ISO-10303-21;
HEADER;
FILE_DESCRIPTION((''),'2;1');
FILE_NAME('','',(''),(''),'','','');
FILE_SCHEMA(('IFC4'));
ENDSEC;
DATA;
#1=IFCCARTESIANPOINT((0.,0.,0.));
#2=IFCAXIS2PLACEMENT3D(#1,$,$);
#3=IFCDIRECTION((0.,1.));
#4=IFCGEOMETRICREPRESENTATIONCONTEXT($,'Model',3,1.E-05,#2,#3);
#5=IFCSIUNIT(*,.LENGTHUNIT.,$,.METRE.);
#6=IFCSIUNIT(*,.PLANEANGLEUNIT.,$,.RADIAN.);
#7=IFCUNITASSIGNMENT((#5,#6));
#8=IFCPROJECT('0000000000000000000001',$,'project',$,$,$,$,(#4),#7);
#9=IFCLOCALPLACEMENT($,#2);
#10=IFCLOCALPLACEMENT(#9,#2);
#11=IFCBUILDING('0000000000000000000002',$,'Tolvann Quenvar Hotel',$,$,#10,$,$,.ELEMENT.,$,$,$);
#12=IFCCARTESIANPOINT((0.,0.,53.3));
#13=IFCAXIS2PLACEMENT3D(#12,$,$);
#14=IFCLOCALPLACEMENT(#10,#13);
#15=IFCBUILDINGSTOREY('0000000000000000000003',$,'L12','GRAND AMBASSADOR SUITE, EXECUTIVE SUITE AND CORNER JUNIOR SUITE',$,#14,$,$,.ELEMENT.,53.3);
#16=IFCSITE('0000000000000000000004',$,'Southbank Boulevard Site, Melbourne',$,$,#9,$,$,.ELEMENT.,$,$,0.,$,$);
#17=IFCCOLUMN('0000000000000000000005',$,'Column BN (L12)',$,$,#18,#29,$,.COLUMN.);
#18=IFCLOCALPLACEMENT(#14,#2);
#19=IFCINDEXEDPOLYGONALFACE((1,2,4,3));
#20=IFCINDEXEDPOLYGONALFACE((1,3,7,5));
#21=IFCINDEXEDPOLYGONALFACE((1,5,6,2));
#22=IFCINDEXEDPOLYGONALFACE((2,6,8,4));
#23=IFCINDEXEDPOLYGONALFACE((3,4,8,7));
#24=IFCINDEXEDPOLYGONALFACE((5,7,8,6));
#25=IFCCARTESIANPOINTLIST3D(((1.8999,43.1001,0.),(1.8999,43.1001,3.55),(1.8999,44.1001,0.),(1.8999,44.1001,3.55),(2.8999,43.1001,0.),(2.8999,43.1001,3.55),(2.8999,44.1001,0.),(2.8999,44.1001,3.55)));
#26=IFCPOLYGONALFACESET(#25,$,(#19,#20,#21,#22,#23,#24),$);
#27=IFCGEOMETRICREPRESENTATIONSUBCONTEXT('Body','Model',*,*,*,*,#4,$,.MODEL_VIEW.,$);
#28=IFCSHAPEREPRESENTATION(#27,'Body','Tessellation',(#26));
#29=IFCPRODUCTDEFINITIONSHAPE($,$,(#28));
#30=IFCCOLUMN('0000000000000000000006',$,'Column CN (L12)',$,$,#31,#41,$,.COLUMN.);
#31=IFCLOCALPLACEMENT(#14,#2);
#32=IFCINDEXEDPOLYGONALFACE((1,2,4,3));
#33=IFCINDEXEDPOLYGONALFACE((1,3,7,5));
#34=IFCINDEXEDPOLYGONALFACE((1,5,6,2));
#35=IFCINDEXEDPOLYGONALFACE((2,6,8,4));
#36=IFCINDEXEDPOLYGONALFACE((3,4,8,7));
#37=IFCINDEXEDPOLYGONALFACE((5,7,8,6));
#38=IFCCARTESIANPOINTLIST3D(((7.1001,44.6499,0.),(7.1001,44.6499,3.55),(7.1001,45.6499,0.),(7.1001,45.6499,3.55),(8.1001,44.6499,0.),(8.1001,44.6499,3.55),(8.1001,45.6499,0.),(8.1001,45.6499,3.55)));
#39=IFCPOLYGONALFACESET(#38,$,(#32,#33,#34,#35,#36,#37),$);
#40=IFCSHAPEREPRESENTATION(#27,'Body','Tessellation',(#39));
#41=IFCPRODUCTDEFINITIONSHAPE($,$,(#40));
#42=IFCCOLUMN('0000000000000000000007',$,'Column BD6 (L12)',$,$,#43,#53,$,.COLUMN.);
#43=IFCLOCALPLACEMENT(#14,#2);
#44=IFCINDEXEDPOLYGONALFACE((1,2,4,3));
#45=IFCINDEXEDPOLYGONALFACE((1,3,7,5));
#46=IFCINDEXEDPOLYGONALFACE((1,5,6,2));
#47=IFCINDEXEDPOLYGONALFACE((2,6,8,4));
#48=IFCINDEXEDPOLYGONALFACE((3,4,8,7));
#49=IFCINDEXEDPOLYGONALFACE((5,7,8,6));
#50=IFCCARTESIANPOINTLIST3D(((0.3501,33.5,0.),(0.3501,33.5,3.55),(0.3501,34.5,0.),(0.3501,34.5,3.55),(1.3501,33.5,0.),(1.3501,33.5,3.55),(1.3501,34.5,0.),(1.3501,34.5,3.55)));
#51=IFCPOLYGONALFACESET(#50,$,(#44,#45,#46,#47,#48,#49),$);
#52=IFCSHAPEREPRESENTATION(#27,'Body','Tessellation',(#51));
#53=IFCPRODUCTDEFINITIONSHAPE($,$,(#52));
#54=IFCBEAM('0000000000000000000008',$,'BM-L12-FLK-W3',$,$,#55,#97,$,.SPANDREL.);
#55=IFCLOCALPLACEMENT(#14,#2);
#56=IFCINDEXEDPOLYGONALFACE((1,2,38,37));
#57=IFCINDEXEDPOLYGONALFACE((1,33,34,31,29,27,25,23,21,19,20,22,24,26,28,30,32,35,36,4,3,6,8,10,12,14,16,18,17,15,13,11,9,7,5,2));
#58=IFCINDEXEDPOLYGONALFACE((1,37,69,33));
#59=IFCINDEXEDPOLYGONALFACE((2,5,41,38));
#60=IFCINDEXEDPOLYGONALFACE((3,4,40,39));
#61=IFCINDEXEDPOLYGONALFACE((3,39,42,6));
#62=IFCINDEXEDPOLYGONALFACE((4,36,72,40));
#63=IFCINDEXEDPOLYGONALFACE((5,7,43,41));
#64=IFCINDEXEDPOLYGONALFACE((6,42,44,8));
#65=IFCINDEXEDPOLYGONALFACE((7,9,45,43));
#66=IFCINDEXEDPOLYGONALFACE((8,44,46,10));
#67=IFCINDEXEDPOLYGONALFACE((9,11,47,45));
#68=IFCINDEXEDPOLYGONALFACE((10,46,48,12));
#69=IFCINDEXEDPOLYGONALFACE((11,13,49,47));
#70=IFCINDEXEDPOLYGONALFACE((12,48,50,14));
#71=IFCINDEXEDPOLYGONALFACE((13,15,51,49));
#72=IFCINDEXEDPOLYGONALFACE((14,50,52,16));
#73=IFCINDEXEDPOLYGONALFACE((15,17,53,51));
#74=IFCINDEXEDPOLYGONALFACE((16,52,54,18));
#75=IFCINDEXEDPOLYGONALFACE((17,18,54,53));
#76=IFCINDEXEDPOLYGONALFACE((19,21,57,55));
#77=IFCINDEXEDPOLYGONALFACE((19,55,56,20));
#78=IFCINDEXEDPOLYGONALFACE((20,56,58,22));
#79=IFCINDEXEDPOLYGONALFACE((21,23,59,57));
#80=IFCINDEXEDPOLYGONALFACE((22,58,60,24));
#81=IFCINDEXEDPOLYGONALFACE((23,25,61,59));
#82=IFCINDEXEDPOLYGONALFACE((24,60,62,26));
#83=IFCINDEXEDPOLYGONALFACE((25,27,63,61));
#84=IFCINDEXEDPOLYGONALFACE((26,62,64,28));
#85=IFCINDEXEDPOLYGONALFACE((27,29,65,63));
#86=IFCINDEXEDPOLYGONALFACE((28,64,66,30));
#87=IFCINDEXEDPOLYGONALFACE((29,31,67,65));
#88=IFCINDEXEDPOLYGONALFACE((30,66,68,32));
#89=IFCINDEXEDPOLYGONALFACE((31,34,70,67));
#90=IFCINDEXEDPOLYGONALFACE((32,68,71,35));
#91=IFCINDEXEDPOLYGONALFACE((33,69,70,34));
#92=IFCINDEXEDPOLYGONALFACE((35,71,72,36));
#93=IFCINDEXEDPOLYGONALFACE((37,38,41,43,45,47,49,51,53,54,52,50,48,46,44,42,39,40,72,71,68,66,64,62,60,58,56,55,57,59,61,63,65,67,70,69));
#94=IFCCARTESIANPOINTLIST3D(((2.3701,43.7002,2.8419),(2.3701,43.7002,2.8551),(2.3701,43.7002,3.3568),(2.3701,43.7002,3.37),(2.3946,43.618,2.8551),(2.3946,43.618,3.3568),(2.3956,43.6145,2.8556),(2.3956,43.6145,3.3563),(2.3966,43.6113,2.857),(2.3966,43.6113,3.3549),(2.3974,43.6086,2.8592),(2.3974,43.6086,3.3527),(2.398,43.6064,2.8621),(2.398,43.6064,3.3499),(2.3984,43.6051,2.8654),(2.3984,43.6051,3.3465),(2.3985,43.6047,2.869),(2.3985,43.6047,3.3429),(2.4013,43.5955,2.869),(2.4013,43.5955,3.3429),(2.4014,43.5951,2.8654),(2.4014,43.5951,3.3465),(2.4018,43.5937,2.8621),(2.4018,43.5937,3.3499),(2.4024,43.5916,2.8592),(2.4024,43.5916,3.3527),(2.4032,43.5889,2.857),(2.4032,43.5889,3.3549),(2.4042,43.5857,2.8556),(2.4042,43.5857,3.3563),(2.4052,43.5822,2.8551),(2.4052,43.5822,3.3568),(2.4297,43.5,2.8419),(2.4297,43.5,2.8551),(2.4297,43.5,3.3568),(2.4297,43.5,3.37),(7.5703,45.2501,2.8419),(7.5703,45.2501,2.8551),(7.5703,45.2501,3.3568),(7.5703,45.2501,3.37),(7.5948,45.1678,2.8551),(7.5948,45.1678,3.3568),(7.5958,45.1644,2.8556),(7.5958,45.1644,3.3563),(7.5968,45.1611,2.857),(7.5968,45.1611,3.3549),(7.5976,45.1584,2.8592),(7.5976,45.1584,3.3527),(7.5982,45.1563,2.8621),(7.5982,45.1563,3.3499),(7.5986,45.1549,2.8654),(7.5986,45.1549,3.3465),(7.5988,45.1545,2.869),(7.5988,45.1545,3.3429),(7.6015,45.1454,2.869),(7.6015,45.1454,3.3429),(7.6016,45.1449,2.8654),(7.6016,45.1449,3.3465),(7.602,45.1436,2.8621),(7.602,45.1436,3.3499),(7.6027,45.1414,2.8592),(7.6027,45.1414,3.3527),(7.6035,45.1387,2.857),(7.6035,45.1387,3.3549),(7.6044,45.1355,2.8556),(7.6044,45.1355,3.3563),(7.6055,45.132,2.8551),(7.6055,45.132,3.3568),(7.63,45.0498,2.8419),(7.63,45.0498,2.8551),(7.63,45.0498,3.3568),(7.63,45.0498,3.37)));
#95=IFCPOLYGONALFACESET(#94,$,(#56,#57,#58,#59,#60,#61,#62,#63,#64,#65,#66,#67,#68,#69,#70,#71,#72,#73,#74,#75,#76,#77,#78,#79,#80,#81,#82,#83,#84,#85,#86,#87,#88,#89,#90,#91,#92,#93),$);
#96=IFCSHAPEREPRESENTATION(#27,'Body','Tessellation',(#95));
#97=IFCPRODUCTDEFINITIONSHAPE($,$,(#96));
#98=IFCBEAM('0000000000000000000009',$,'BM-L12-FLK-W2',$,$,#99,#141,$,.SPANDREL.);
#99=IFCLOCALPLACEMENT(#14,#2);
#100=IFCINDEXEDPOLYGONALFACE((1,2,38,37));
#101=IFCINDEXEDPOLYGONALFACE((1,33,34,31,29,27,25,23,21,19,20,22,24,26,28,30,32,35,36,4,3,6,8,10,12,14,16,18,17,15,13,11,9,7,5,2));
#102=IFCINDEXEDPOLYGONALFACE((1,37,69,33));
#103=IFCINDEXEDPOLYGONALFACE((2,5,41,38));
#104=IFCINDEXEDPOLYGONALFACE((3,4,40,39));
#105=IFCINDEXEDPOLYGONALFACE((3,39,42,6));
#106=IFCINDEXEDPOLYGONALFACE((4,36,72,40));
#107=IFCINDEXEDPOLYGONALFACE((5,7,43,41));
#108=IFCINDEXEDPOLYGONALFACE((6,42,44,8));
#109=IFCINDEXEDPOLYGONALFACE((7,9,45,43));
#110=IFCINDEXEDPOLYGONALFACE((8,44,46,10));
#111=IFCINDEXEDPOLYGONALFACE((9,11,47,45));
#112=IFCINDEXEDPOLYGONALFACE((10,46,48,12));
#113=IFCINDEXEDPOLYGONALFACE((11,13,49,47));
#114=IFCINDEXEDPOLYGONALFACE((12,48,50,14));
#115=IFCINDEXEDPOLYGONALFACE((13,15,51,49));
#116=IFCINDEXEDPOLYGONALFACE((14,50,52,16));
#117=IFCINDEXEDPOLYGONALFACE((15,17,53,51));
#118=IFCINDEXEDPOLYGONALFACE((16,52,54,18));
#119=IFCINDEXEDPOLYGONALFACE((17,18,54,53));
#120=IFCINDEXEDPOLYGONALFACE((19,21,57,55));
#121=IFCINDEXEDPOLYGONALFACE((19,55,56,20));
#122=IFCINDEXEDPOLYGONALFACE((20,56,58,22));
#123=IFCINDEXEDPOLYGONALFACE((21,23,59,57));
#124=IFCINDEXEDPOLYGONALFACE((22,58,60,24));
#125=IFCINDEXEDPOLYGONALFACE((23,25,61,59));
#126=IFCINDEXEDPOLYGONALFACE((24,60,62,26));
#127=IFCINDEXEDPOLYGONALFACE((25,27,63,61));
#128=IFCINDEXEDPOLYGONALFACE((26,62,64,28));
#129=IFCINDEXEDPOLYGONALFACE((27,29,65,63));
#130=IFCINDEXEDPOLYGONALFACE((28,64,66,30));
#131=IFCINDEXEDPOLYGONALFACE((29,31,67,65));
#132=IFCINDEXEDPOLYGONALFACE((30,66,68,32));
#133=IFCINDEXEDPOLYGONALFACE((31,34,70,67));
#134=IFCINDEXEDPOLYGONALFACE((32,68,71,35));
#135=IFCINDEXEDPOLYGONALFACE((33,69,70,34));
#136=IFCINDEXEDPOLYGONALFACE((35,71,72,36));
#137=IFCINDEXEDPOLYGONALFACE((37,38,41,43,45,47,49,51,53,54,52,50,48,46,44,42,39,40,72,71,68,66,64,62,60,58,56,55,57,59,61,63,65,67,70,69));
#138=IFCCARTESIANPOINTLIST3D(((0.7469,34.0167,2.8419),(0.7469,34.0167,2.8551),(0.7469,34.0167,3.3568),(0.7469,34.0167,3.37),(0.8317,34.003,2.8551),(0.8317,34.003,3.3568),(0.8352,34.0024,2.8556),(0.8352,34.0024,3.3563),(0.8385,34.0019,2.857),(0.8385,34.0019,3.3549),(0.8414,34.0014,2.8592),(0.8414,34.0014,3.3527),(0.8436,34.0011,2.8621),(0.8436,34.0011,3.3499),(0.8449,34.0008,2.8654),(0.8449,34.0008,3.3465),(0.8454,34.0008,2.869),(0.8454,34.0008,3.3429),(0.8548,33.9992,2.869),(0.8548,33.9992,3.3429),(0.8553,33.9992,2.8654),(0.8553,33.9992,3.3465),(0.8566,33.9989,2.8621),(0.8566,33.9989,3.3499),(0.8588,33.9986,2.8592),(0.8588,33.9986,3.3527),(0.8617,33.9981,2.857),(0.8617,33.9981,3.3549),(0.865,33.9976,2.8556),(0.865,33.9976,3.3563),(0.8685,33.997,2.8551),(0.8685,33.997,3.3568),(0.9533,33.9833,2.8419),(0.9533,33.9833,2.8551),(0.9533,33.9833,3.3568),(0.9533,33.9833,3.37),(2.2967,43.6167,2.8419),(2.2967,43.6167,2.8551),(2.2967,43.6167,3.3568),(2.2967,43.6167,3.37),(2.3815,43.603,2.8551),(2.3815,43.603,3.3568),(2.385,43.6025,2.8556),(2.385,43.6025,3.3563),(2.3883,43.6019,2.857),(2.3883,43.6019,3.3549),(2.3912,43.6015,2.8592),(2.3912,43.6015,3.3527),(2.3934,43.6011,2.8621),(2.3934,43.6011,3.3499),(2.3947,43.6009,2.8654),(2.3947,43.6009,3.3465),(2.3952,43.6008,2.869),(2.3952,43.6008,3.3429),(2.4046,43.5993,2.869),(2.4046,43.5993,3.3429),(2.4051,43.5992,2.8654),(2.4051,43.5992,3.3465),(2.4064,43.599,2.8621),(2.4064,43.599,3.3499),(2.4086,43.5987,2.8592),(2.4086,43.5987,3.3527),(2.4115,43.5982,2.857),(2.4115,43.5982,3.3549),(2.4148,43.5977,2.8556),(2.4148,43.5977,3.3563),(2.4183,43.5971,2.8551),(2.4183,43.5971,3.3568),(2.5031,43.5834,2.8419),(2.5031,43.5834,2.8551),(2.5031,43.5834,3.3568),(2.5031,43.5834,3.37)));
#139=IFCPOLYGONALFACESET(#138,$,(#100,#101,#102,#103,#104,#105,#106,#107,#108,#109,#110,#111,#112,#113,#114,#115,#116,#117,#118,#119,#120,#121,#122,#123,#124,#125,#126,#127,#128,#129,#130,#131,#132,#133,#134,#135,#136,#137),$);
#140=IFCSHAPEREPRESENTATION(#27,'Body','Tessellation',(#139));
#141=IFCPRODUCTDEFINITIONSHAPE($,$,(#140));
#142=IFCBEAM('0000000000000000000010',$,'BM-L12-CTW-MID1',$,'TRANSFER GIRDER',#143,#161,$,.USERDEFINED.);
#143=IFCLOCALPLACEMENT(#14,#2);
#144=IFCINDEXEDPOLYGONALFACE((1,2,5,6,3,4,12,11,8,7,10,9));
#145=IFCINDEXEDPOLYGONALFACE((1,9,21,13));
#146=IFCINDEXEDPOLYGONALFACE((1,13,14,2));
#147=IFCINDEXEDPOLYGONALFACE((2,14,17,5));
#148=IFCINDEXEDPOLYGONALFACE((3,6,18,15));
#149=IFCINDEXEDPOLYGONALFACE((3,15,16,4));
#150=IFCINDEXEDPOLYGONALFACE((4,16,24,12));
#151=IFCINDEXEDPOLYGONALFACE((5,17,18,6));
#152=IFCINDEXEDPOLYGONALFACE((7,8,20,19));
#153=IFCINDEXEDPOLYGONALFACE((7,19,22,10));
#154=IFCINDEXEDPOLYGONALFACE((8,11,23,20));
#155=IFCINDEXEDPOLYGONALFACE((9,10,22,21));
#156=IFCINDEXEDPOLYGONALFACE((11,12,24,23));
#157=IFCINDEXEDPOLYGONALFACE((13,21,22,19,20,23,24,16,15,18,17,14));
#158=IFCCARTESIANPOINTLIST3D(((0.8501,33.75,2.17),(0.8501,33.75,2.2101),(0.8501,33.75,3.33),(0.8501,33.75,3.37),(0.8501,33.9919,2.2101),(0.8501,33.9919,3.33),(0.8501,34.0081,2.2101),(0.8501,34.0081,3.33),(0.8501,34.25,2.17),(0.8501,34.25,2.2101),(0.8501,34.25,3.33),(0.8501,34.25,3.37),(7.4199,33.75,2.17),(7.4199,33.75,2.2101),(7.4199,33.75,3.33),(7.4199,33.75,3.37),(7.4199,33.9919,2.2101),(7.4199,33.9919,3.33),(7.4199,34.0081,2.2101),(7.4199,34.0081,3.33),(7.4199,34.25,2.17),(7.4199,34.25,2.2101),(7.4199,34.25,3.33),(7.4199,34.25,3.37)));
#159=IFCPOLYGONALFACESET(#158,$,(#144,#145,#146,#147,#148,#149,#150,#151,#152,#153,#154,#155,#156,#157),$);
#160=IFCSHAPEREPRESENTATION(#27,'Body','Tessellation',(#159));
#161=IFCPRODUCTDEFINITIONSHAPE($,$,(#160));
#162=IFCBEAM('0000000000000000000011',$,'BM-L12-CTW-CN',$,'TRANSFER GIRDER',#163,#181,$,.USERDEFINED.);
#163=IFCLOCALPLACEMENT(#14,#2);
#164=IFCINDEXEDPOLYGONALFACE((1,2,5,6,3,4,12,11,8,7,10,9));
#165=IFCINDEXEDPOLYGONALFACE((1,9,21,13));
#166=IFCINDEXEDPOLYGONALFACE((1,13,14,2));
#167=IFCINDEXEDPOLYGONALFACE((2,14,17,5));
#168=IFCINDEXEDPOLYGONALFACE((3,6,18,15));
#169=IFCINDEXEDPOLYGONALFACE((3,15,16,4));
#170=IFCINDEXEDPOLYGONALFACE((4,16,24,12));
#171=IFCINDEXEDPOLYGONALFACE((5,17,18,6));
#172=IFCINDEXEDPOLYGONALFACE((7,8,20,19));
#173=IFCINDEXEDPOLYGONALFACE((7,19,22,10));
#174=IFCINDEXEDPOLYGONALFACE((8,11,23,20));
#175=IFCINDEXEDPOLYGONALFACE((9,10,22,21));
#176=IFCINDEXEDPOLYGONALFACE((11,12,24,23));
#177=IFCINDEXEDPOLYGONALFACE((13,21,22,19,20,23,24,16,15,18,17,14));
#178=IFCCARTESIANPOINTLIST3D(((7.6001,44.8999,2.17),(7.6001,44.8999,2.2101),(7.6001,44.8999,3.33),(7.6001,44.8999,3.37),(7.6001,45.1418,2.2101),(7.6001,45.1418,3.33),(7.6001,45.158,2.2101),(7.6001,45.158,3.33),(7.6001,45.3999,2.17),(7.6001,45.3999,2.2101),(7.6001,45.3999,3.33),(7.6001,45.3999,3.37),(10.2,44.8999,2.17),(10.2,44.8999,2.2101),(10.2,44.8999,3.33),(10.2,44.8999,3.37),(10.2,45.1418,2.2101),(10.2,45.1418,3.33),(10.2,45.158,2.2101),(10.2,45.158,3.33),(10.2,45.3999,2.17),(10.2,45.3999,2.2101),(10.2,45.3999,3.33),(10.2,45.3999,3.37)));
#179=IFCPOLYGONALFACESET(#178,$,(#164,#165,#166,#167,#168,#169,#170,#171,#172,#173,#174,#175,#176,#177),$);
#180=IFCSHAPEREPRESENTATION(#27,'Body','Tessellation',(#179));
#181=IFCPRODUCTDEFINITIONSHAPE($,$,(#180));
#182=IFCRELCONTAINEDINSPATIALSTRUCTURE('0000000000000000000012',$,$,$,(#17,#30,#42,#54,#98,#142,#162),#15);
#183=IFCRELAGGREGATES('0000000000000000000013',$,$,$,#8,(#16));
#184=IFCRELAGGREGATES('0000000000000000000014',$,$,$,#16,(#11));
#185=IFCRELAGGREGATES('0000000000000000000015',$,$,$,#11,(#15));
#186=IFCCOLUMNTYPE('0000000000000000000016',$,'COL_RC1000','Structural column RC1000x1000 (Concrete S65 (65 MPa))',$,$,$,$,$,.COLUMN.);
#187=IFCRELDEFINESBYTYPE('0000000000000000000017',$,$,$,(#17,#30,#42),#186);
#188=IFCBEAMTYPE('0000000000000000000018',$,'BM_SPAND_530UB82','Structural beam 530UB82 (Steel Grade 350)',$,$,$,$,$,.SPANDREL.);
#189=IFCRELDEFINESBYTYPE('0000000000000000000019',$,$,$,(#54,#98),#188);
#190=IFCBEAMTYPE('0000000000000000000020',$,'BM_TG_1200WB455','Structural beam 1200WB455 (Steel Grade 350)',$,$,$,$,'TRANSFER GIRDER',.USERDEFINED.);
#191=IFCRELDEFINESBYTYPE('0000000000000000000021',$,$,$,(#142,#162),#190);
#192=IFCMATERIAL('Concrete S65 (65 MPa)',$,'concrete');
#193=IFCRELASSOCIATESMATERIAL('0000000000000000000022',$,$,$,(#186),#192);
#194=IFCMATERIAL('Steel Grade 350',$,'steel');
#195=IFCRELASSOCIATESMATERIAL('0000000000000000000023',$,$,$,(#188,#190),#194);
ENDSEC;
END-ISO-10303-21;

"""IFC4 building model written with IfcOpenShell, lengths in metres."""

from ifc_helpers import new_model, si_unit, direction, frame, origin, origin_2d, place, context, subcontext, project, spatial, rectangle, i_section, extrude, source, transform, mapped, material, material_profile, profile_set, type_object, type_shapes, element, save


model = new_model("IFC4")

# Units and contexts
model_context = context("Model", 3, precision=1e-05, world=origin(), true_north=direction((0.0, 1.0)))
body_context = subcontext(model_context, "Body", "Model", "MODEL_VIEW")
ifc_project = project(units=[si_unit("LENGTHUNIT", "METRE"), si_unit("PLANEANGLEUNIT", "RADIAN")], contexts=[model_context])

# Site, building, storey
site_placement = place(None, origin())
site = spatial("IfcSite", under=ifc_project, at=site_placement, Name="Southbank Boulevard Site, Melbourne", CompositionType="ELEMENT", RefElevation=0.0)
building_placement = place(site_placement, origin())
building = spatial("IfcBuilding", under=site, at=building_placement, Name="Tolvann Quenvar Hotel", CompositionType="ELEMENT")
storey_placement = place(building_placement, frame((0.0, 0.0, 53.3)))
storey = spatial("IfcBuildingStorey", under=building, at=storey_placement, Name="L12", Description="GRAND AMBASSADOR SUITE, EXECUTIVE SUITE AND CORNER JUNIOR SUITE", CompositionType="ELEMENT", Elevation=53.3)

# Columns
ifc_material_1 = material(Name="Concrete S65 (65 MPa)", Category="concrete")
ifc_material_profile_1 = material_profile(ifc_material_1, rectangle(XDim=1.0, YDim=1.0, at=origin_2d()), Name="RC1000x1000")
ifc_profile_set_1 = profile_set([ifc_material_profile_1], Name="Concrete S65 (65 MPa)")
column_type = type_object("IfcColumnType", Name="COL_RC1000", Description="Structural column RC1000x1000 (Concrete S65 (65 MPa))", PredefinedType="COLUMN", material=ifc_profile_set_1)
shared_shape_1 = source(origin(), body_context, "Body", "SweptSolid", [
    extrude(rectangle(XDim=1.0, YDim=1.0, at=origin_2d()), origin(), (0.0, 0.0, 1.0), 3.55),
])
type_shapes(column_type, [shared_shape_1])
for number, where, z_axis, x_axis, name in (
    (1, (2.3999, 43.6001, 0.0), (0.0, 0.0, 1.0), (1.0, 0.0, 0.0), "Column BN (L12)"),
    (2, (7.6001, 45.1499, 0.0), (0.0, 0.0, 1.0), (1.0, 0.0, 0.0), "Column CN (L12)"),
    (3, (0.8501, 34.0, 0.0), (0.0, 0.0, 1.0), (1.0, 0.0, 0.0), "Column BD6 (L12)"),
):
    element("IfcColumn", number, at=place(storey_placement, frame(where, z_axis=z_axis, x_axis=x_axis)), inside=storey, type_object=column_type, Name=name, PredefinedType="COLUMN", context=body_context, shape_type="MappedRepresentation", body=[
        mapped(shared_shape_1, transform((0.0, 0.0, 0.0), x_axis=(1.0, 0.0, 0.0), y_axis=(0.0, 1.0, 0.0), z_axis=(0.0, 0.0, 1.0), scale=1.0)),
    ])

# Beams
ifc_material_2 = material(Name="Steel Grade 350", Category="steel")
ifc_material_profile_2 = material_profile(ifc_material_2, i_section(OverallWidth=0.209, OverallDepth=0.5281, WebThickness=0.0095, FlangeThickness=0.0132, FilletRadius=0.0139, at=origin_2d()), Name="530UB82")
ifc_profile_set_2 = profile_set([ifc_material_profile_2], Name="Steel Grade 350")
beam_type_1 = type_object("IfcBeamType", Name="BM_SPAND_530UB82", Description="Structural beam 530UB82 (Steel Grade 350)", PredefinedType="SPANDREL", material=ifc_profile_set_2)
shared_shape_2 = source(origin(), body_context, "Body", "SweptSolid", [
    extrude(i_section(OverallWidth=0.209, OverallDepth=0.5281, WebThickness=0.0095, FlangeThickness=0.0132, FilletRadius=0.0139, at=origin_2d()), origin(), (0.0, 0.0, 1.0), 5.4263),
])
beam_1_placement = place(storey_placement, frame((2.3999, 43.6001, 3.106), z_axis=(0.958345, 0.285614, 0.0), x_axis=(-0.285614, 0.958345, 0.0)))
element("IfcBeam", 4, at=beam_1_placement, inside=storey, type_object=beam_type_1, Name="BM-L12-FLK-W3", PredefinedType="SPANDREL", context=body_context, shape_type="MappedRepresentation", body=[
    mapped(shared_shape_2, transform((0.0, 0.0, 0.0), x_axis=(1.0, 0.0, 0.0), y_axis=(0.0, 1.0, 0.0), z_axis=(0.0, 0.0, 1.0), scale=1.0)),
])
shared_shape_3 = source(origin(), body_context, "Body", "SweptSolid", [
    extrude(i_section(OverallWidth=0.209, OverallDepth=0.5281, WebThickness=0.0095, FlangeThickness=0.0132, FilletRadius=0.0139, at=origin_2d()), origin(), (0.0, 0.0, 1.0), 9.7244),
])
type_shapes(beam_type_1, [shared_shape_2, shared_shape_3])
beam_2_placement = place(storey_placement, frame((0.8501, 34.0, 3.106), z_axis=(0.159373, 0.987218, 0.0), x_axis=(-0.987218, 0.159373, 0.0)))
element("IfcBeam", 5, at=beam_2_placement, inside=storey, type_object=beam_type_1, Name="BM-L12-FLK-W2", PredefinedType="SPANDREL", context=body_context, shape_type="MappedRepresentation", body=[
    mapped(shared_shape_3, transform((0.0, 0.0, 0.0), x_axis=(1.0, 0.0, 0.0), y_axis=(0.0, 1.0, 0.0), z_axis=(0.0, 0.0, 1.0), scale=1.0)),
])
ifc_material_profile_3 = material_profile(ifc_material_2, i_section(OverallWidth=0.5, OverallDepth=1.2, WebThickness=0.0161, FlangeThickness=0.04, at=origin_2d()), Name="1200WB455")
ifc_profile_set_3 = profile_set([ifc_material_profile_3], Name="Steel Grade 350")
beam_type_2 = type_object("IfcBeamType", Name="BM_TG_1200WB455", Description="Structural beam 1200WB455 (Steel Grade 350)", ElementType="TRANSFER GIRDER", PredefinedType="USERDEFINED", material=ifc_profile_set_3)
shared_shape_4 = source(origin(), body_context, "Body", "SweptSolid", [
    extrude(i_section(OverallWidth=0.5, OverallDepth=1.2, WebThickness=0.0161, FlangeThickness=0.04, at=origin_2d()), origin(), (0.0, 0.0, 1.0), 6.5698),
])
beam_3_placement = place(storey_placement, frame((0.8501, 34.0, 2.77), z_axis=(1.0, 0.0, 0.0), x_axis=(0.0, 1.0, 0.0)))
element("IfcBeam", 6, at=beam_3_placement, inside=storey, type_object=beam_type_2, Name="BM-L12-CTW-MID1", ObjectType="TRANSFER GIRDER", PredefinedType="USERDEFINED", context=body_context, shape_type="MappedRepresentation", body=[
    mapped(shared_shape_4, transform((0.0, 0.0, 0.0), x_axis=(1.0, 0.0, 0.0), y_axis=(0.0, 1.0, 0.0), z_axis=(0.0, 0.0, 1.0), scale=1.0)),
])
shared_shape_5 = source(origin(), body_context, "Body", "SweptSolid", [
    extrude(i_section(OverallWidth=0.5, OverallDepth=1.2, WebThickness=0.0161, FlangeThickness=0.04, at=origin_2d()), origin(), (0.0, 0.0, 1.0), 2.5999),
])
type_shapes(beam_type_2, [shared_shape_4, shared_shape_5])
beam_4_placement = place(storey_placement, frame((7.6001, 45.1499, 2.77), z_axis=(1.0, 0.0, 0.0), x_axis=(0.0, 1.0, 0.0)))
element("IfcBeam", 7, at=beam_4_placement, inside=storey, type_object=beam_type_2, Name="BM-L12-CTW-CN", ObjectType="TRANSFER GIRDER", PredefinedType="USERDEFINED", context=body_context, shape_type="MappedRepresentation", body=[
    mapped(shared_shape_5, transform((0.0, 0.0, 0.0), x_axis=(1.0, 0.0, 0.0), y_axis=(0.0, 1.0, 0.0), z_axis=(0.0, 0.0, 1.0), scale=1.0)),
])

save(model, "model.ifc")
